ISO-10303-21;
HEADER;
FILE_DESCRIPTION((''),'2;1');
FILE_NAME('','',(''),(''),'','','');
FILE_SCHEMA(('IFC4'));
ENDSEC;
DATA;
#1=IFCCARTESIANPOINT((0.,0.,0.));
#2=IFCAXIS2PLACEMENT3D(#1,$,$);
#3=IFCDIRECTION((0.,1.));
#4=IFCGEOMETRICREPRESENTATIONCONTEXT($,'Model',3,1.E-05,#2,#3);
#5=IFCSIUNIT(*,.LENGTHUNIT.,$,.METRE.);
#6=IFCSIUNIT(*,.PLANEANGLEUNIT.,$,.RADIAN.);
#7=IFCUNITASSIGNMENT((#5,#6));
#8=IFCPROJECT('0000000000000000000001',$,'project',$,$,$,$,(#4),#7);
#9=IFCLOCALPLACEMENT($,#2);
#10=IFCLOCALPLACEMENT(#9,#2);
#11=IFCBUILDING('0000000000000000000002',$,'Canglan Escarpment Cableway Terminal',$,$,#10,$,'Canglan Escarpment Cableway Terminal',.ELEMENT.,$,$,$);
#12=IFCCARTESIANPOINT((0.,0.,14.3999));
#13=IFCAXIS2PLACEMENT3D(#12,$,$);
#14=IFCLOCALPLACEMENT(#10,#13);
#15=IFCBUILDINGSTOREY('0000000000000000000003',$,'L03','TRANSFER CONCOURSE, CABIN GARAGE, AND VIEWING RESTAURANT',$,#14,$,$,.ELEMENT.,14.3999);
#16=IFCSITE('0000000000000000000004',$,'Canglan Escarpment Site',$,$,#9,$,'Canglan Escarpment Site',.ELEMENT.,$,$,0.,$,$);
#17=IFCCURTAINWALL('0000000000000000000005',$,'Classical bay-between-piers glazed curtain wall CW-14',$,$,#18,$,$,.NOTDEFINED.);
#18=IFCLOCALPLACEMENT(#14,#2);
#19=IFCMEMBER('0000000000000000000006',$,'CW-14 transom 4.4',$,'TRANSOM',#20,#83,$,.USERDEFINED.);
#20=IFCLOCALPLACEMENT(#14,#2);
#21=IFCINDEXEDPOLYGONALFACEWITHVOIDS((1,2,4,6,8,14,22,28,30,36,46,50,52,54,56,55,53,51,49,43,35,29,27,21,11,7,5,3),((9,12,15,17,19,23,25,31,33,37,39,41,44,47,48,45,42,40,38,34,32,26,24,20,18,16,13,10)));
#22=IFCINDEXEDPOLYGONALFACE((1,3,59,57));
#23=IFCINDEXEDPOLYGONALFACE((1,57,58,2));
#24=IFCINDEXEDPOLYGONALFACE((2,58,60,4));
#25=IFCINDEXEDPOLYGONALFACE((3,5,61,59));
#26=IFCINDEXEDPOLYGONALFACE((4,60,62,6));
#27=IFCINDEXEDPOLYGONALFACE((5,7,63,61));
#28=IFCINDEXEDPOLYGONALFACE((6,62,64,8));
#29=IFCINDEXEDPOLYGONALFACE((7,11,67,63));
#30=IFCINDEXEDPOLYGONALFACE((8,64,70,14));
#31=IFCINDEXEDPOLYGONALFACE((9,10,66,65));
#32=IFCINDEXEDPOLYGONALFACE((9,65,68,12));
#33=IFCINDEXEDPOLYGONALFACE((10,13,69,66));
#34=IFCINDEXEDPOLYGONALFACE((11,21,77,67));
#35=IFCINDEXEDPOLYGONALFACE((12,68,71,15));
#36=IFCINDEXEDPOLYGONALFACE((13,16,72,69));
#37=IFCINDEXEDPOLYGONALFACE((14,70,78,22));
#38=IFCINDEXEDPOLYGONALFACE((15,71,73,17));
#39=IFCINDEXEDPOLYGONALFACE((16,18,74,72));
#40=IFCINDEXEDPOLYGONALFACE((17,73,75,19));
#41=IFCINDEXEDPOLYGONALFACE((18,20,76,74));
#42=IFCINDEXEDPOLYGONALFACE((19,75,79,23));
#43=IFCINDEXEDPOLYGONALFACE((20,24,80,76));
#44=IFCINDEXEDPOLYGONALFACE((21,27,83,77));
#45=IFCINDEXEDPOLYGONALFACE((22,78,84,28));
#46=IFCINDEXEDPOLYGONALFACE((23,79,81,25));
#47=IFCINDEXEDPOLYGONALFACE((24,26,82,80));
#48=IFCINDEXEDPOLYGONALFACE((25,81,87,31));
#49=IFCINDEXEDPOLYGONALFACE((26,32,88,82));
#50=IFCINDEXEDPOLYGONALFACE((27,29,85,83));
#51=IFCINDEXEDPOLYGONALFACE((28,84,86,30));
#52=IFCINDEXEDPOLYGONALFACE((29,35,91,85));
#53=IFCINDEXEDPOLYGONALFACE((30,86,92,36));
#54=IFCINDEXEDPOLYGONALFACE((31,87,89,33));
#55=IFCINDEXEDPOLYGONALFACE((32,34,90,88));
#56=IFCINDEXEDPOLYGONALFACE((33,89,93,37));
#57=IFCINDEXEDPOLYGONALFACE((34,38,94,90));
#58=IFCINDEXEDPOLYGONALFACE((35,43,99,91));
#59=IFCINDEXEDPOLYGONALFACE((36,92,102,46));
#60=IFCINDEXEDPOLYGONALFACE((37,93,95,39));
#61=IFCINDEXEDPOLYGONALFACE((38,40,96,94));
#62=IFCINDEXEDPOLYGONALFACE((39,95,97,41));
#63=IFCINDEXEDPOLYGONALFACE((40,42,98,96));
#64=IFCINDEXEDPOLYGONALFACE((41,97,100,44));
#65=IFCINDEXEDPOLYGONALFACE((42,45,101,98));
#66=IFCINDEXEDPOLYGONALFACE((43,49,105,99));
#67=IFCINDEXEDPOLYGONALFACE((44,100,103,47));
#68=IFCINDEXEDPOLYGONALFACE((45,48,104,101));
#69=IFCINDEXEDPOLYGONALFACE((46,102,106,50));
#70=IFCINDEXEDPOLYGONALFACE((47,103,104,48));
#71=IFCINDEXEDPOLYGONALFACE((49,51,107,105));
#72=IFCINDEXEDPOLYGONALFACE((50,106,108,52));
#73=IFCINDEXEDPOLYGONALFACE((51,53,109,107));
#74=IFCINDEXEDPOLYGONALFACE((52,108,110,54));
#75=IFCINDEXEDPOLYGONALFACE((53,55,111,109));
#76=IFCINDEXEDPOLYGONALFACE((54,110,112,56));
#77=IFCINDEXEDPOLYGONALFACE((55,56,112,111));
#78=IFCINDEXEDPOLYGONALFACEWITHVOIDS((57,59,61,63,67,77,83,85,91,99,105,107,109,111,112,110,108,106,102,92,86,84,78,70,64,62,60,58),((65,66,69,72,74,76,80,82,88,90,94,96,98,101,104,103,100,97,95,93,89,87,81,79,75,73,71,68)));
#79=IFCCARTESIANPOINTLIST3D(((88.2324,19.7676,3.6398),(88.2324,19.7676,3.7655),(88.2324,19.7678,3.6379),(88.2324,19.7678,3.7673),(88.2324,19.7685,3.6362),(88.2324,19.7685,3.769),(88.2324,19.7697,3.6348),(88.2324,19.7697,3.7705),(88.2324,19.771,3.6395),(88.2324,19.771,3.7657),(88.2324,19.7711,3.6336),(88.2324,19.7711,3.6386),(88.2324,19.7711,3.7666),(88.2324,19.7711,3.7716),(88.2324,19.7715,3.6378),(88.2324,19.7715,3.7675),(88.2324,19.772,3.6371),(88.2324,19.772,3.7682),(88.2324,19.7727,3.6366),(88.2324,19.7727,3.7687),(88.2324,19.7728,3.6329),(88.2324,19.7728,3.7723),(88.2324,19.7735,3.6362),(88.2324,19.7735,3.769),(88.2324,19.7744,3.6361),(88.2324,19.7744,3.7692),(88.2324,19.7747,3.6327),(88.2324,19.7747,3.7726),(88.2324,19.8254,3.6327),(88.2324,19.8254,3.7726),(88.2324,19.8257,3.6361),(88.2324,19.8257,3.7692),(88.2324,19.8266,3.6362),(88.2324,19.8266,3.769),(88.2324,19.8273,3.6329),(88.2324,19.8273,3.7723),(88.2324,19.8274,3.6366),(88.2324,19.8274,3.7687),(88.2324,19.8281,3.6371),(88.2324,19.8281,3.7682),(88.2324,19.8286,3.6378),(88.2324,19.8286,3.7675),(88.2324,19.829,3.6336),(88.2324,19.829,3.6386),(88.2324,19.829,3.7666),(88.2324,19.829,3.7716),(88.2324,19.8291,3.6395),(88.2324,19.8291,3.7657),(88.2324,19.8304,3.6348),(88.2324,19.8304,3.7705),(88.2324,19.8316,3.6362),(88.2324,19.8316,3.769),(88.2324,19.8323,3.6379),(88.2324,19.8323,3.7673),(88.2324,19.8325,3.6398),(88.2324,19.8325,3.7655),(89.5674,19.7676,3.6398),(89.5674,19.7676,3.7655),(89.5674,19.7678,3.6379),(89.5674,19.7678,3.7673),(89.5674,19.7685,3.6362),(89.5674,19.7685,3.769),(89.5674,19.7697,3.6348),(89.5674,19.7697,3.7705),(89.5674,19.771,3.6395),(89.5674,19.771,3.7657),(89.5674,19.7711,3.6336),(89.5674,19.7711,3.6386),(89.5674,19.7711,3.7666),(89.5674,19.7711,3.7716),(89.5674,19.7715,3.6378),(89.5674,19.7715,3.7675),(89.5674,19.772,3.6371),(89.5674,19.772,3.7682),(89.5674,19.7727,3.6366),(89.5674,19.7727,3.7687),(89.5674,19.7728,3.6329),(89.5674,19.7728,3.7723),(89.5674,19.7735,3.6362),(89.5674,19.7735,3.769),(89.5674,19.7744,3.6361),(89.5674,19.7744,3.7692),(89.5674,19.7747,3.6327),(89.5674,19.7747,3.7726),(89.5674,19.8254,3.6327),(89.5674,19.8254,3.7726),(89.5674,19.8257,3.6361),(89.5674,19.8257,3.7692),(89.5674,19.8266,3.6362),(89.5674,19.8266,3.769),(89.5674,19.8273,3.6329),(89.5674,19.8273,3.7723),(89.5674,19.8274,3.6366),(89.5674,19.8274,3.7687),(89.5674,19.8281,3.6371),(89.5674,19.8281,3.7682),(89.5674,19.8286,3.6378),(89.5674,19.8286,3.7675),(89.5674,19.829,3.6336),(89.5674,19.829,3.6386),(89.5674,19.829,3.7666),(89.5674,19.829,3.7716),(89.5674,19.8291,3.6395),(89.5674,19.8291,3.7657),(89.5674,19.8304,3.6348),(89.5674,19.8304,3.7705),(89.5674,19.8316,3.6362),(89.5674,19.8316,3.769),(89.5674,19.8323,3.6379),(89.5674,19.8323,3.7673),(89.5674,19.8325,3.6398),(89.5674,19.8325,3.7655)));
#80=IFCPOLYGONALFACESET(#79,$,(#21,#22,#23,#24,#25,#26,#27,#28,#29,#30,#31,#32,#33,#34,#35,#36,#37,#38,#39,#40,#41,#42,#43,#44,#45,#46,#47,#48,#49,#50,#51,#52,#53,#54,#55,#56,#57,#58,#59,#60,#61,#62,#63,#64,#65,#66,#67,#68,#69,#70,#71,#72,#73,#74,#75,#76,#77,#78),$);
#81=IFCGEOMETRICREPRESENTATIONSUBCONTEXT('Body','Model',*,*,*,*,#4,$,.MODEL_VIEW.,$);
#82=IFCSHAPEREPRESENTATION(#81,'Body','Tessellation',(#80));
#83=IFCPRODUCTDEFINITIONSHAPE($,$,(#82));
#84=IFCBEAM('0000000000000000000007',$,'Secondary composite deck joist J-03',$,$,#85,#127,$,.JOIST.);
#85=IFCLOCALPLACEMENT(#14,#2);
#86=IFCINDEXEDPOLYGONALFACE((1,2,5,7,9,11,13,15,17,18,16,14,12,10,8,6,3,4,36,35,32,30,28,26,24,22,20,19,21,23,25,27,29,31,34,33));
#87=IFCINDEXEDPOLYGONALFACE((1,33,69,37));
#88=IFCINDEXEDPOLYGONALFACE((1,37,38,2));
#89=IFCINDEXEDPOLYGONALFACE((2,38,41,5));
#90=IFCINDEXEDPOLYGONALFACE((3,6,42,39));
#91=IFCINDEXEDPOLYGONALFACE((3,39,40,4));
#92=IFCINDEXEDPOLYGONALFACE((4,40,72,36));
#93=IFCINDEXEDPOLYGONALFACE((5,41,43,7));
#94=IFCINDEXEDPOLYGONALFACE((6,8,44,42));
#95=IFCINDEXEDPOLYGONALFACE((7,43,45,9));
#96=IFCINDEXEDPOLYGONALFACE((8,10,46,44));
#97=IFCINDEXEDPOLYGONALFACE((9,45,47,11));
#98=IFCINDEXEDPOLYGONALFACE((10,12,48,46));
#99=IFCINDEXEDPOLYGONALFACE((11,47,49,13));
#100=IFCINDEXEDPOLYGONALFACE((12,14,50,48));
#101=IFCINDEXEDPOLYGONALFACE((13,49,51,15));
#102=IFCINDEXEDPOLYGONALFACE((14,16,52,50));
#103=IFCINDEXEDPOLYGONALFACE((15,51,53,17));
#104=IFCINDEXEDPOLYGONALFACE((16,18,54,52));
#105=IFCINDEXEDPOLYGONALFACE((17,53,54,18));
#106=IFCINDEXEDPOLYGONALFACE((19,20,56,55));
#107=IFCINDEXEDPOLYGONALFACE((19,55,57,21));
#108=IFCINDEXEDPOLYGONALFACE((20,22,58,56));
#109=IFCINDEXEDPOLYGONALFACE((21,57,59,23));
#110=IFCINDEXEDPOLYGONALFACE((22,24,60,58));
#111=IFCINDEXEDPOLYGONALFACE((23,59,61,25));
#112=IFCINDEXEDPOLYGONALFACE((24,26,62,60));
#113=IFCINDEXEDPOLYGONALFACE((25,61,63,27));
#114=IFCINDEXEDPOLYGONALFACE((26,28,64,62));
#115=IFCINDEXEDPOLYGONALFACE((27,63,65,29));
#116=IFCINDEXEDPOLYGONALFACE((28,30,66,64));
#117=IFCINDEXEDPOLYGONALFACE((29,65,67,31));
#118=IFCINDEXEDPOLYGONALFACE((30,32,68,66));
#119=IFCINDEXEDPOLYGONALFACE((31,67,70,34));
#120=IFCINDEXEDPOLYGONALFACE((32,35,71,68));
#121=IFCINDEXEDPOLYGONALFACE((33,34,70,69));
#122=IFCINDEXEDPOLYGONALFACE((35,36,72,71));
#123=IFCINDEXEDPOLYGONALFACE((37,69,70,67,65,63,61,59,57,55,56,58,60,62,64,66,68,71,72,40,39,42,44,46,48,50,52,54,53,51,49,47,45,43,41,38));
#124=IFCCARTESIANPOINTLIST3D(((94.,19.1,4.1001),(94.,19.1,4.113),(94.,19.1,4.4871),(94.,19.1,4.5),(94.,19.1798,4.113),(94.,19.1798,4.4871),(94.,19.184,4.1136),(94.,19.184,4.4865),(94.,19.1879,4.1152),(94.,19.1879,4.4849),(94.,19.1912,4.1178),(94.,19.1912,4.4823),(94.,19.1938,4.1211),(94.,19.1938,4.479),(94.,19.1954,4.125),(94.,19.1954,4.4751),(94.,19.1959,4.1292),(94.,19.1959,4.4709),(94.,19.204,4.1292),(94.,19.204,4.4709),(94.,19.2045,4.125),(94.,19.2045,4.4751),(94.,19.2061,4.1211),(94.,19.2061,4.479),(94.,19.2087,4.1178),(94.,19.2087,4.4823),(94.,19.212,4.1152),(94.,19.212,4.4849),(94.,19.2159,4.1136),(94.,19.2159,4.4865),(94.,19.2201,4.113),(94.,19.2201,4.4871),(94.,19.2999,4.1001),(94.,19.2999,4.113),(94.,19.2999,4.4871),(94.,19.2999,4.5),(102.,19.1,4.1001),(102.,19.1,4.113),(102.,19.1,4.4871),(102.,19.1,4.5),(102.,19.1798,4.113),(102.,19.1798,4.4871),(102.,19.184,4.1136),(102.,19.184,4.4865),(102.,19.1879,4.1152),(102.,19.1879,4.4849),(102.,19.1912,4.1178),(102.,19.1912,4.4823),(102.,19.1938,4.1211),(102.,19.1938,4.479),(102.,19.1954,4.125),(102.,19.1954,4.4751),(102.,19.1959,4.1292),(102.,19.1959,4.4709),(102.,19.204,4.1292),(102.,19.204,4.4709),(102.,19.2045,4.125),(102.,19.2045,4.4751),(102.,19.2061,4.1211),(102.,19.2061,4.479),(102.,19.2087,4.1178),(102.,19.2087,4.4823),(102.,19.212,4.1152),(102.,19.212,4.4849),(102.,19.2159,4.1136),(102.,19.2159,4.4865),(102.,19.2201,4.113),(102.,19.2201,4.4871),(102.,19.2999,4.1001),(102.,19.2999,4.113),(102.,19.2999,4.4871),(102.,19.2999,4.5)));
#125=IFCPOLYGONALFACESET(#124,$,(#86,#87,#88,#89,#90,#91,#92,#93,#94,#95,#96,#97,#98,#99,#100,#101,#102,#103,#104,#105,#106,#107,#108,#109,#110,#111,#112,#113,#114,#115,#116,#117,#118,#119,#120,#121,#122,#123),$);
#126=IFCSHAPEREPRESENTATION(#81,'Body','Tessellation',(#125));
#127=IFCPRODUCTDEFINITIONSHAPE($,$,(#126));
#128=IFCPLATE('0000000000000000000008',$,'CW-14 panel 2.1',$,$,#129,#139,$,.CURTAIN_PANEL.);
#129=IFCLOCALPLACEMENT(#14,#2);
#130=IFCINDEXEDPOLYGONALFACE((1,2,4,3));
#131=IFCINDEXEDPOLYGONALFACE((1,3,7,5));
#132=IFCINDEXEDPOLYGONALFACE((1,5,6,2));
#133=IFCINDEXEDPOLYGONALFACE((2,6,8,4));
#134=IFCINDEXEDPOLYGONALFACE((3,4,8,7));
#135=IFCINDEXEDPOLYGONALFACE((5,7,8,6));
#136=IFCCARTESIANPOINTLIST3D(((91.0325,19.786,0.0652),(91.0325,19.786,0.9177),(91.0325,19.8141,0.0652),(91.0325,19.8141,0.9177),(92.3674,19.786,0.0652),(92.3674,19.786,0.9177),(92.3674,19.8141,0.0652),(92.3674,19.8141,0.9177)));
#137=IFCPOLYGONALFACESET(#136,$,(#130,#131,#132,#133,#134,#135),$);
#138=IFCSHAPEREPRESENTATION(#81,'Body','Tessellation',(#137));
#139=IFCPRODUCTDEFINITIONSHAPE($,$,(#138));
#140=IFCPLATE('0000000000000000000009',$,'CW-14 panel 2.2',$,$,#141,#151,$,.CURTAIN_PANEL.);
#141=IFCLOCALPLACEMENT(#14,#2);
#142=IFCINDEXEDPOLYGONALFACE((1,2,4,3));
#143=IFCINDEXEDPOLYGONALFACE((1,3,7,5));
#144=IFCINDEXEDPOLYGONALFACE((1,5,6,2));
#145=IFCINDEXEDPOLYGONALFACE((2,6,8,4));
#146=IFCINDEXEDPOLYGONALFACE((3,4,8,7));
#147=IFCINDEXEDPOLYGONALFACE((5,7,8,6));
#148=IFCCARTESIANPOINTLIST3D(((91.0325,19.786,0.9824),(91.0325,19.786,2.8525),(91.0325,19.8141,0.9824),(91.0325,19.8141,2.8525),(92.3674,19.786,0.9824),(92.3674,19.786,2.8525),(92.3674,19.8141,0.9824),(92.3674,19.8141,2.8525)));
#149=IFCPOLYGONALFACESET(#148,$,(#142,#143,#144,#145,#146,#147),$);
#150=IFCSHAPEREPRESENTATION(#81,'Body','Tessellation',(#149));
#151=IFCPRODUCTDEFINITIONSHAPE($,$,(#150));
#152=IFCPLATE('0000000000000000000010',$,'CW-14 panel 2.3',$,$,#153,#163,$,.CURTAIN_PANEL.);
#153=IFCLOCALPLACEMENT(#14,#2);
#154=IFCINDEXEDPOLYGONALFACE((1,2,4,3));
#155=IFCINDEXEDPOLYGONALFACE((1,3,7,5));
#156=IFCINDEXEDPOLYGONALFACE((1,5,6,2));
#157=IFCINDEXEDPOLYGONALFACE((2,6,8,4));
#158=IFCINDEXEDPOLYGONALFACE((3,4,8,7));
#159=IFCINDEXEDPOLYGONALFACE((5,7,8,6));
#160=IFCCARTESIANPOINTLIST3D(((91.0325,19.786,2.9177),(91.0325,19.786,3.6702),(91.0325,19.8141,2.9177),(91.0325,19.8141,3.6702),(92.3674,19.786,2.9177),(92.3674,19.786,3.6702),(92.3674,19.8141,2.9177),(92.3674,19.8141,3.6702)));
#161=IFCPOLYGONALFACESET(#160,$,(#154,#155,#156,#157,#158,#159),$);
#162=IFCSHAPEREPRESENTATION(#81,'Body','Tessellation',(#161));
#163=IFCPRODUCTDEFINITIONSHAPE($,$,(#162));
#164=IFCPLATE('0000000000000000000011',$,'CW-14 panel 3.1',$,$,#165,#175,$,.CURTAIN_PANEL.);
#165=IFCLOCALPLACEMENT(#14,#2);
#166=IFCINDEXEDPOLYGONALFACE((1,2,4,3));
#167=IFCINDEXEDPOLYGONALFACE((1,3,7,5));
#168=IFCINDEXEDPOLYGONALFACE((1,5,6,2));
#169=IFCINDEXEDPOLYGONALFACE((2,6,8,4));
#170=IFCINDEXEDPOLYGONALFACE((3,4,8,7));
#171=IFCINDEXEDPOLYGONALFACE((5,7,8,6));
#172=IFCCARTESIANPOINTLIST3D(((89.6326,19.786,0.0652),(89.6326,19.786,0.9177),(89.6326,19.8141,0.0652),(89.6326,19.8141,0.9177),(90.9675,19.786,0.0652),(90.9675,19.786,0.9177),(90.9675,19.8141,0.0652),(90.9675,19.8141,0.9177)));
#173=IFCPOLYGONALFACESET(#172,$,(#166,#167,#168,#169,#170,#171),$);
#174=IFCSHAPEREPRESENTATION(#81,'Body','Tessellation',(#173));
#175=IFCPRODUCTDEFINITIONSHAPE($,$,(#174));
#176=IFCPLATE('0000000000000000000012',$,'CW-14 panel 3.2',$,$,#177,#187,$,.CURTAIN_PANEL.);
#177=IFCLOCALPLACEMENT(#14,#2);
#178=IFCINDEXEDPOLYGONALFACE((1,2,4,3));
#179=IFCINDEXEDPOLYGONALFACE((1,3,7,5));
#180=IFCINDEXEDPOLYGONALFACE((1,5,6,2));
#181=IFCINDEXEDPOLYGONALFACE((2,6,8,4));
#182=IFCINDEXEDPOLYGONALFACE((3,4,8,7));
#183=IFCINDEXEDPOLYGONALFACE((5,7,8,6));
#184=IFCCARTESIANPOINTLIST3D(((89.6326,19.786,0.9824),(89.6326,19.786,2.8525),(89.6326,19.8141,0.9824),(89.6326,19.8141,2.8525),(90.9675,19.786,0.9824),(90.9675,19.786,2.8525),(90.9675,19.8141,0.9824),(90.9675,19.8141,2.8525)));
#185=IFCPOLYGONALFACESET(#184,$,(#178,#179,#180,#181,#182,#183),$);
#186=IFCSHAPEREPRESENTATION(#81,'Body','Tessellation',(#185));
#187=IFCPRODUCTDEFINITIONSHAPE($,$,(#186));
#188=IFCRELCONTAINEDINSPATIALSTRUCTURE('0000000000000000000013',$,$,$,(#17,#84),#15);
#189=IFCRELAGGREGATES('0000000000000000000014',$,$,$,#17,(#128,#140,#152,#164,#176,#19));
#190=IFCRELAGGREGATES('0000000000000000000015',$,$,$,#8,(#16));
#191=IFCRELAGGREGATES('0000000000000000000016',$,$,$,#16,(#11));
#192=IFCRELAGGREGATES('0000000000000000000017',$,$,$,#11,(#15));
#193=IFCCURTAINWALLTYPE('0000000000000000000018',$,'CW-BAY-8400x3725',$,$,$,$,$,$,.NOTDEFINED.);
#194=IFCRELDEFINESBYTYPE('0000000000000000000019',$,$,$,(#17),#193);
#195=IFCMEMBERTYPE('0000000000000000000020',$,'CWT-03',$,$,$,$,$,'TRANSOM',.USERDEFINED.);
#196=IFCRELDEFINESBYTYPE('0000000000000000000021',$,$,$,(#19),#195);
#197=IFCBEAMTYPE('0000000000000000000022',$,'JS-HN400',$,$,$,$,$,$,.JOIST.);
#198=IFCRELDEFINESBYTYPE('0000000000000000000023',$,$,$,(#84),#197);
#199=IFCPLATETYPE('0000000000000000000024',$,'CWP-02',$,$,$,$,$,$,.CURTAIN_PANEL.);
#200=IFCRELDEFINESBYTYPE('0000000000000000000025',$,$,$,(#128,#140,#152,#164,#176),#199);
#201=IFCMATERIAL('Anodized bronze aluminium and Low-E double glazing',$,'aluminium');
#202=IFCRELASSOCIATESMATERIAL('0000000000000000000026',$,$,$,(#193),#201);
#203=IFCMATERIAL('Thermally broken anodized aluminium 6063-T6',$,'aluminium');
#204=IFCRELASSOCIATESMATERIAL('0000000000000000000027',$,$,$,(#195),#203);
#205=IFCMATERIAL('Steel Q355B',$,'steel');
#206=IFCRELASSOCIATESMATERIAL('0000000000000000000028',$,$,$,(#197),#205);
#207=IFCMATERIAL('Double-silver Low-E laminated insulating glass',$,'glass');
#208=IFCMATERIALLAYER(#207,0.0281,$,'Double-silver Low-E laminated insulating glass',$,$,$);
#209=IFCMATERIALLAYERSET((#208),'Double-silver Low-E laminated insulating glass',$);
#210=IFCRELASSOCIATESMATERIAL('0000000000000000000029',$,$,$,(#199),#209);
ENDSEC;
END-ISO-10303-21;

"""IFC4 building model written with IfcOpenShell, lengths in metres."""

from ifc_helpers import new_model, si_unit, direction, frame, origin, origin_2d, place, context, subcontext, project, spatial, rectangle, hollow_rectangle, i_section, extrude, material, layer, layer_set, material_profile, profile_set, type_object, element, aggregate, save


model = new_model("IFC4")

# Units and contexts
model_context = context("Model", 3, precision=1e-05, world=origin(), true_north=direction((0.0, 1.0)))
body_context = subcontext(model_context, "Body", "Model", "MODEL_VIEW")
ifc_project = project(units=[si_unit("LENGTHUNIT", "METRE"), si_unit("PLANEANGLEUNIT", "RADIAN")], contexts=[model_context])

# Site, building, storey
site_placement = place(None, origin())
site = spatial("IfcSite", under=ifc_project, at=site_placement, Name="Canglan Escarpment Site", LongName="Canglan Escarpment Site", CompositionType="ELEMENT", RefElevation=0.0)
building_placement = place(site_placement, origin())
building = spatial("IfcBuilding", under=site, at=building_placement, Name="Canglan Escarpment Cableway Terminal", LongName="Canglan Escarpment Cableway Terminal", CompositionType="ELEMENT")
storey_placement = place(building_placement, frame((0.0, 0.0, 14.3999)))
storey = spatial("IfcBuildingStorey", under=building, at=storey_placement, Name="L03", Description="TRANSFER CONCOURSE, CABIN GARAGE, AND VIEWING RESTAURANT", CompositionType="ELEMENT", Elevation=14.3999)

# Curtain wall, member
ifc_material_1 = material(Name="Anodized bronze aluminium and Low-E double glazing", Category="aluminium")
curtain_wall_type_1 = type_object("IfcCurtainWallType", Name="CW-BAY-8400x3725", PredefinedType="NOTDEFINED", material=ifc_material_1)
curtain_wall_1_placement = place(storey_placement, origin())
curtain_wall_1 = element("IfcCurtainWall", 1, at=curtain_wall_1_placement, inside=storey, type_object=curtain_wall_type_1, Name="Classical bay-between-piers glazed curtain wall CW-14", PredefinedType="NOTDEFINED")
ifc_material_2 = material(Name="Thermally broken anodized aluminium 6063-T6", Category="aluminium")
ifc_material_profile_1 = material_profile(ifc_material_2, hollow_rectangle(XDim=0.0649, YDim=0.1399, WallThickness=0.0034, InnerFilletRadius=0.0034, OuterFilletRadius=0.0071, at=origin_2d()), Name="ALU-TRAN 65x140x3.5")
ifc_profile_set_1 = profile_set([ifc_material_profile_1], Name="Thermally broken anodized aluminium 6063-T6")
member_type_1 = type_object("IfcMemberType", Name="CWT-03", ElementType="TRANSOM", PredefinedType="USERDEFINED", material=ifc_profile_set_1)
member_1_placement = place(storey_placement, frame((89.5674, 19.8, 3.7026), z_axis=(-1.0, 0.0, 0.0), x_axis=(0.0, -1.0, 0.0)))
member_1 = element("IfcMember", 2, at=member_1_placement, type_object=member_type_1, Name="CW-14 transom 4.4", ObjectType="TRANSOM", PredefinedType="USERDEFINED", context=body_context, shape_type="SweptSolid", body=[
    extrude(hollow_rectangle(XDim=0.0649, YDim=0.1399, WallThickness=0.0034, InnerFilletRadius=0.0034, OuterFilletRadius=0.0071, at=origin_2d()), origin(), (0.0, 0.0, 1.0), 1.335),
])

# Beam
ifc_material_3 = material(Name="Steel Q355B", Category="steel")
ifc_material_profile_2 = material_profile(ifc_material_3, i_section(OverallWidth=0.2, OverallDepth=0.3999, WebThickness=0.0081, FlangeThickness=0.0129, FilletRadius=0.0161, at=origin_2d()), Name="HN 400x200x8x13")
ifc_profile_set_2 = profile_set([ifc_material_profile_2], Name="Steel Q355B")
beam_type_1 = type_object("IfcBeamType", Name="JS-HN400", PredefinedType="JOIST", material=ifc_profile_set_2)
beam_1_placement = place(storey_placement, frame((94.0, 19.2, 4.3), z_axis=(1.0, 0.0, 0.0), x_axis=(0.0, 1.0, 0.0)))
element("IfcBeam", 3, at=beam_1_placement, inside=storey, type_object=beam_type_1, Name="Secondary composite deck joist J-03", PredefinedType="JOIST", context=body_context, shape_type="SweptSolid", body=[
    extrude(i_section(OverallWidth=0.2, OverallDepth=0.3999, WebThickness=0.0081, FlangeThickness=0.0129, FilletRadius=0.0161, at=origin_2d()), origin(), (0.0, 0.0, 1.0), 8.0),
])

# Plates
ifc_material_4 = material(Name="Double-silver Low-E laminated insulating glass", Category="glass")
ifc_layer_1 = layer(ifc_material_4, 0.0281, Name="Double-silver Low-E laminated insulating glass")
ifc_layer_set_1 = layer_set([ifc_layer_1], Name="Double-silver Low-E laminated insulating glass")
plate_type_1 = type_object("IfcPlateType", Name="CWP-02", PredefinedType="CURTAIN_PANEL", material=ifc_layer_set_1)
plate_1_placement = place(storey_placement, frame((91.7, 19.8, 0.0652), z_axis=(0.0, 0.0, 1.0), x_axis=(-1.0, 0.0, 0.0)))
plate_1 = element("IfcPlate", 4, at=plate_1_placement, type_object=plate_type_1, Name="CW-14 panel 2.1", PredefinedType="CURTAIN_PANEL", context=body_context, shape_type="SweptSolid", body=[
    extrude(rectangle(XDim=1.335, YDim=0.0281, at=origin_2d()), origin(), (0.0, 0.0, 1.0), 0.8525),
])
plate_2_placement = place(storey_placement, frame((91.7, 19.8, 0.9824), z_axis=(0.0, 0.0, 1.0), x_axis=(-1.0, 0.0, 0.0)))
plate_2 = element("IfcPlate", 5, at=plate_2_placement, type_object=plate_type_1, Name="CW-14 panel 2.2", PredefinedType="CURTAIN_PANEL", context=body_context, shape_type="SweptSolid", body=[
    extrude(rectangle(XDim=1.335, YDim=0.0281, at=origin_2d()), origin(), (0.0, 0.0, 1.0), 1.8701),
])
plate_3_placement = place(storey_placement, frame((91.7, 19.8, 2.9177), z_axis=(0.0, 0.0, 1.0), x_axis=(-1.0, 0.0, 0.0)))
plate_3 = element("IfcPlate", 6, at=plate_3_placement, type_object=plate_type_1, Name="CW-14 panel 2.3", PredefinedType="CURTAIN_PANEL", context=body_context, shape_type="SweptSolid", body=[
    extrude(rectangle(XDim=1.335, YDim=0.0281, at=origin_2d()), origin(), (0.0, 0.0, 1.0), 0.7524),
])
plate_4_placement = place(storey_placement, frame((90.3, 19.8, 0.0652), z_axis=(0.0, 0.0, 1.0), x_axis=(-1.0, 0.0, 0.0)))
plate_4 = element("IfcPlate", 7, at=plate_4_placement, type_object=plate_type_1, Name="CW-14 panel 3.1", PredefinedType="CURTAIN_PANEL", context=body_context, shape_type="SweptSolid", body=[
    extrude(rectangle(XDim=1.335, YDim=0.0281, at=origin_2d()), origin(), (0.0, 0.0, 1.0), 0.8525),
])
plate_5_placement = place(storey_placement, frame((90.3, 19.8, 0.9824), z_axis=(0.0, 0.0, 1.0), x_axis=(-1.0, 0.0, 0.0)))
plate_5 = element("IfcPlate", 8, at=plate_5_placement, type_object=plate_type_1, Name="CW-14 panel 3.2", PredefinedType="CURTAIN_PANEL", context=body_context, shape_type="SweptSolid", body=[
    extrude(rectangle(XDim=1.335, YDim=0.0281, at=origin_2d()), origin(), (0.0, 0.0, 1.0), 1.8701),
])
aggregate(curtain_wall_1, [plate_1, plate_2, plate_3, plate_4, plate_5, member_1])

save(model, "model.ifc")
